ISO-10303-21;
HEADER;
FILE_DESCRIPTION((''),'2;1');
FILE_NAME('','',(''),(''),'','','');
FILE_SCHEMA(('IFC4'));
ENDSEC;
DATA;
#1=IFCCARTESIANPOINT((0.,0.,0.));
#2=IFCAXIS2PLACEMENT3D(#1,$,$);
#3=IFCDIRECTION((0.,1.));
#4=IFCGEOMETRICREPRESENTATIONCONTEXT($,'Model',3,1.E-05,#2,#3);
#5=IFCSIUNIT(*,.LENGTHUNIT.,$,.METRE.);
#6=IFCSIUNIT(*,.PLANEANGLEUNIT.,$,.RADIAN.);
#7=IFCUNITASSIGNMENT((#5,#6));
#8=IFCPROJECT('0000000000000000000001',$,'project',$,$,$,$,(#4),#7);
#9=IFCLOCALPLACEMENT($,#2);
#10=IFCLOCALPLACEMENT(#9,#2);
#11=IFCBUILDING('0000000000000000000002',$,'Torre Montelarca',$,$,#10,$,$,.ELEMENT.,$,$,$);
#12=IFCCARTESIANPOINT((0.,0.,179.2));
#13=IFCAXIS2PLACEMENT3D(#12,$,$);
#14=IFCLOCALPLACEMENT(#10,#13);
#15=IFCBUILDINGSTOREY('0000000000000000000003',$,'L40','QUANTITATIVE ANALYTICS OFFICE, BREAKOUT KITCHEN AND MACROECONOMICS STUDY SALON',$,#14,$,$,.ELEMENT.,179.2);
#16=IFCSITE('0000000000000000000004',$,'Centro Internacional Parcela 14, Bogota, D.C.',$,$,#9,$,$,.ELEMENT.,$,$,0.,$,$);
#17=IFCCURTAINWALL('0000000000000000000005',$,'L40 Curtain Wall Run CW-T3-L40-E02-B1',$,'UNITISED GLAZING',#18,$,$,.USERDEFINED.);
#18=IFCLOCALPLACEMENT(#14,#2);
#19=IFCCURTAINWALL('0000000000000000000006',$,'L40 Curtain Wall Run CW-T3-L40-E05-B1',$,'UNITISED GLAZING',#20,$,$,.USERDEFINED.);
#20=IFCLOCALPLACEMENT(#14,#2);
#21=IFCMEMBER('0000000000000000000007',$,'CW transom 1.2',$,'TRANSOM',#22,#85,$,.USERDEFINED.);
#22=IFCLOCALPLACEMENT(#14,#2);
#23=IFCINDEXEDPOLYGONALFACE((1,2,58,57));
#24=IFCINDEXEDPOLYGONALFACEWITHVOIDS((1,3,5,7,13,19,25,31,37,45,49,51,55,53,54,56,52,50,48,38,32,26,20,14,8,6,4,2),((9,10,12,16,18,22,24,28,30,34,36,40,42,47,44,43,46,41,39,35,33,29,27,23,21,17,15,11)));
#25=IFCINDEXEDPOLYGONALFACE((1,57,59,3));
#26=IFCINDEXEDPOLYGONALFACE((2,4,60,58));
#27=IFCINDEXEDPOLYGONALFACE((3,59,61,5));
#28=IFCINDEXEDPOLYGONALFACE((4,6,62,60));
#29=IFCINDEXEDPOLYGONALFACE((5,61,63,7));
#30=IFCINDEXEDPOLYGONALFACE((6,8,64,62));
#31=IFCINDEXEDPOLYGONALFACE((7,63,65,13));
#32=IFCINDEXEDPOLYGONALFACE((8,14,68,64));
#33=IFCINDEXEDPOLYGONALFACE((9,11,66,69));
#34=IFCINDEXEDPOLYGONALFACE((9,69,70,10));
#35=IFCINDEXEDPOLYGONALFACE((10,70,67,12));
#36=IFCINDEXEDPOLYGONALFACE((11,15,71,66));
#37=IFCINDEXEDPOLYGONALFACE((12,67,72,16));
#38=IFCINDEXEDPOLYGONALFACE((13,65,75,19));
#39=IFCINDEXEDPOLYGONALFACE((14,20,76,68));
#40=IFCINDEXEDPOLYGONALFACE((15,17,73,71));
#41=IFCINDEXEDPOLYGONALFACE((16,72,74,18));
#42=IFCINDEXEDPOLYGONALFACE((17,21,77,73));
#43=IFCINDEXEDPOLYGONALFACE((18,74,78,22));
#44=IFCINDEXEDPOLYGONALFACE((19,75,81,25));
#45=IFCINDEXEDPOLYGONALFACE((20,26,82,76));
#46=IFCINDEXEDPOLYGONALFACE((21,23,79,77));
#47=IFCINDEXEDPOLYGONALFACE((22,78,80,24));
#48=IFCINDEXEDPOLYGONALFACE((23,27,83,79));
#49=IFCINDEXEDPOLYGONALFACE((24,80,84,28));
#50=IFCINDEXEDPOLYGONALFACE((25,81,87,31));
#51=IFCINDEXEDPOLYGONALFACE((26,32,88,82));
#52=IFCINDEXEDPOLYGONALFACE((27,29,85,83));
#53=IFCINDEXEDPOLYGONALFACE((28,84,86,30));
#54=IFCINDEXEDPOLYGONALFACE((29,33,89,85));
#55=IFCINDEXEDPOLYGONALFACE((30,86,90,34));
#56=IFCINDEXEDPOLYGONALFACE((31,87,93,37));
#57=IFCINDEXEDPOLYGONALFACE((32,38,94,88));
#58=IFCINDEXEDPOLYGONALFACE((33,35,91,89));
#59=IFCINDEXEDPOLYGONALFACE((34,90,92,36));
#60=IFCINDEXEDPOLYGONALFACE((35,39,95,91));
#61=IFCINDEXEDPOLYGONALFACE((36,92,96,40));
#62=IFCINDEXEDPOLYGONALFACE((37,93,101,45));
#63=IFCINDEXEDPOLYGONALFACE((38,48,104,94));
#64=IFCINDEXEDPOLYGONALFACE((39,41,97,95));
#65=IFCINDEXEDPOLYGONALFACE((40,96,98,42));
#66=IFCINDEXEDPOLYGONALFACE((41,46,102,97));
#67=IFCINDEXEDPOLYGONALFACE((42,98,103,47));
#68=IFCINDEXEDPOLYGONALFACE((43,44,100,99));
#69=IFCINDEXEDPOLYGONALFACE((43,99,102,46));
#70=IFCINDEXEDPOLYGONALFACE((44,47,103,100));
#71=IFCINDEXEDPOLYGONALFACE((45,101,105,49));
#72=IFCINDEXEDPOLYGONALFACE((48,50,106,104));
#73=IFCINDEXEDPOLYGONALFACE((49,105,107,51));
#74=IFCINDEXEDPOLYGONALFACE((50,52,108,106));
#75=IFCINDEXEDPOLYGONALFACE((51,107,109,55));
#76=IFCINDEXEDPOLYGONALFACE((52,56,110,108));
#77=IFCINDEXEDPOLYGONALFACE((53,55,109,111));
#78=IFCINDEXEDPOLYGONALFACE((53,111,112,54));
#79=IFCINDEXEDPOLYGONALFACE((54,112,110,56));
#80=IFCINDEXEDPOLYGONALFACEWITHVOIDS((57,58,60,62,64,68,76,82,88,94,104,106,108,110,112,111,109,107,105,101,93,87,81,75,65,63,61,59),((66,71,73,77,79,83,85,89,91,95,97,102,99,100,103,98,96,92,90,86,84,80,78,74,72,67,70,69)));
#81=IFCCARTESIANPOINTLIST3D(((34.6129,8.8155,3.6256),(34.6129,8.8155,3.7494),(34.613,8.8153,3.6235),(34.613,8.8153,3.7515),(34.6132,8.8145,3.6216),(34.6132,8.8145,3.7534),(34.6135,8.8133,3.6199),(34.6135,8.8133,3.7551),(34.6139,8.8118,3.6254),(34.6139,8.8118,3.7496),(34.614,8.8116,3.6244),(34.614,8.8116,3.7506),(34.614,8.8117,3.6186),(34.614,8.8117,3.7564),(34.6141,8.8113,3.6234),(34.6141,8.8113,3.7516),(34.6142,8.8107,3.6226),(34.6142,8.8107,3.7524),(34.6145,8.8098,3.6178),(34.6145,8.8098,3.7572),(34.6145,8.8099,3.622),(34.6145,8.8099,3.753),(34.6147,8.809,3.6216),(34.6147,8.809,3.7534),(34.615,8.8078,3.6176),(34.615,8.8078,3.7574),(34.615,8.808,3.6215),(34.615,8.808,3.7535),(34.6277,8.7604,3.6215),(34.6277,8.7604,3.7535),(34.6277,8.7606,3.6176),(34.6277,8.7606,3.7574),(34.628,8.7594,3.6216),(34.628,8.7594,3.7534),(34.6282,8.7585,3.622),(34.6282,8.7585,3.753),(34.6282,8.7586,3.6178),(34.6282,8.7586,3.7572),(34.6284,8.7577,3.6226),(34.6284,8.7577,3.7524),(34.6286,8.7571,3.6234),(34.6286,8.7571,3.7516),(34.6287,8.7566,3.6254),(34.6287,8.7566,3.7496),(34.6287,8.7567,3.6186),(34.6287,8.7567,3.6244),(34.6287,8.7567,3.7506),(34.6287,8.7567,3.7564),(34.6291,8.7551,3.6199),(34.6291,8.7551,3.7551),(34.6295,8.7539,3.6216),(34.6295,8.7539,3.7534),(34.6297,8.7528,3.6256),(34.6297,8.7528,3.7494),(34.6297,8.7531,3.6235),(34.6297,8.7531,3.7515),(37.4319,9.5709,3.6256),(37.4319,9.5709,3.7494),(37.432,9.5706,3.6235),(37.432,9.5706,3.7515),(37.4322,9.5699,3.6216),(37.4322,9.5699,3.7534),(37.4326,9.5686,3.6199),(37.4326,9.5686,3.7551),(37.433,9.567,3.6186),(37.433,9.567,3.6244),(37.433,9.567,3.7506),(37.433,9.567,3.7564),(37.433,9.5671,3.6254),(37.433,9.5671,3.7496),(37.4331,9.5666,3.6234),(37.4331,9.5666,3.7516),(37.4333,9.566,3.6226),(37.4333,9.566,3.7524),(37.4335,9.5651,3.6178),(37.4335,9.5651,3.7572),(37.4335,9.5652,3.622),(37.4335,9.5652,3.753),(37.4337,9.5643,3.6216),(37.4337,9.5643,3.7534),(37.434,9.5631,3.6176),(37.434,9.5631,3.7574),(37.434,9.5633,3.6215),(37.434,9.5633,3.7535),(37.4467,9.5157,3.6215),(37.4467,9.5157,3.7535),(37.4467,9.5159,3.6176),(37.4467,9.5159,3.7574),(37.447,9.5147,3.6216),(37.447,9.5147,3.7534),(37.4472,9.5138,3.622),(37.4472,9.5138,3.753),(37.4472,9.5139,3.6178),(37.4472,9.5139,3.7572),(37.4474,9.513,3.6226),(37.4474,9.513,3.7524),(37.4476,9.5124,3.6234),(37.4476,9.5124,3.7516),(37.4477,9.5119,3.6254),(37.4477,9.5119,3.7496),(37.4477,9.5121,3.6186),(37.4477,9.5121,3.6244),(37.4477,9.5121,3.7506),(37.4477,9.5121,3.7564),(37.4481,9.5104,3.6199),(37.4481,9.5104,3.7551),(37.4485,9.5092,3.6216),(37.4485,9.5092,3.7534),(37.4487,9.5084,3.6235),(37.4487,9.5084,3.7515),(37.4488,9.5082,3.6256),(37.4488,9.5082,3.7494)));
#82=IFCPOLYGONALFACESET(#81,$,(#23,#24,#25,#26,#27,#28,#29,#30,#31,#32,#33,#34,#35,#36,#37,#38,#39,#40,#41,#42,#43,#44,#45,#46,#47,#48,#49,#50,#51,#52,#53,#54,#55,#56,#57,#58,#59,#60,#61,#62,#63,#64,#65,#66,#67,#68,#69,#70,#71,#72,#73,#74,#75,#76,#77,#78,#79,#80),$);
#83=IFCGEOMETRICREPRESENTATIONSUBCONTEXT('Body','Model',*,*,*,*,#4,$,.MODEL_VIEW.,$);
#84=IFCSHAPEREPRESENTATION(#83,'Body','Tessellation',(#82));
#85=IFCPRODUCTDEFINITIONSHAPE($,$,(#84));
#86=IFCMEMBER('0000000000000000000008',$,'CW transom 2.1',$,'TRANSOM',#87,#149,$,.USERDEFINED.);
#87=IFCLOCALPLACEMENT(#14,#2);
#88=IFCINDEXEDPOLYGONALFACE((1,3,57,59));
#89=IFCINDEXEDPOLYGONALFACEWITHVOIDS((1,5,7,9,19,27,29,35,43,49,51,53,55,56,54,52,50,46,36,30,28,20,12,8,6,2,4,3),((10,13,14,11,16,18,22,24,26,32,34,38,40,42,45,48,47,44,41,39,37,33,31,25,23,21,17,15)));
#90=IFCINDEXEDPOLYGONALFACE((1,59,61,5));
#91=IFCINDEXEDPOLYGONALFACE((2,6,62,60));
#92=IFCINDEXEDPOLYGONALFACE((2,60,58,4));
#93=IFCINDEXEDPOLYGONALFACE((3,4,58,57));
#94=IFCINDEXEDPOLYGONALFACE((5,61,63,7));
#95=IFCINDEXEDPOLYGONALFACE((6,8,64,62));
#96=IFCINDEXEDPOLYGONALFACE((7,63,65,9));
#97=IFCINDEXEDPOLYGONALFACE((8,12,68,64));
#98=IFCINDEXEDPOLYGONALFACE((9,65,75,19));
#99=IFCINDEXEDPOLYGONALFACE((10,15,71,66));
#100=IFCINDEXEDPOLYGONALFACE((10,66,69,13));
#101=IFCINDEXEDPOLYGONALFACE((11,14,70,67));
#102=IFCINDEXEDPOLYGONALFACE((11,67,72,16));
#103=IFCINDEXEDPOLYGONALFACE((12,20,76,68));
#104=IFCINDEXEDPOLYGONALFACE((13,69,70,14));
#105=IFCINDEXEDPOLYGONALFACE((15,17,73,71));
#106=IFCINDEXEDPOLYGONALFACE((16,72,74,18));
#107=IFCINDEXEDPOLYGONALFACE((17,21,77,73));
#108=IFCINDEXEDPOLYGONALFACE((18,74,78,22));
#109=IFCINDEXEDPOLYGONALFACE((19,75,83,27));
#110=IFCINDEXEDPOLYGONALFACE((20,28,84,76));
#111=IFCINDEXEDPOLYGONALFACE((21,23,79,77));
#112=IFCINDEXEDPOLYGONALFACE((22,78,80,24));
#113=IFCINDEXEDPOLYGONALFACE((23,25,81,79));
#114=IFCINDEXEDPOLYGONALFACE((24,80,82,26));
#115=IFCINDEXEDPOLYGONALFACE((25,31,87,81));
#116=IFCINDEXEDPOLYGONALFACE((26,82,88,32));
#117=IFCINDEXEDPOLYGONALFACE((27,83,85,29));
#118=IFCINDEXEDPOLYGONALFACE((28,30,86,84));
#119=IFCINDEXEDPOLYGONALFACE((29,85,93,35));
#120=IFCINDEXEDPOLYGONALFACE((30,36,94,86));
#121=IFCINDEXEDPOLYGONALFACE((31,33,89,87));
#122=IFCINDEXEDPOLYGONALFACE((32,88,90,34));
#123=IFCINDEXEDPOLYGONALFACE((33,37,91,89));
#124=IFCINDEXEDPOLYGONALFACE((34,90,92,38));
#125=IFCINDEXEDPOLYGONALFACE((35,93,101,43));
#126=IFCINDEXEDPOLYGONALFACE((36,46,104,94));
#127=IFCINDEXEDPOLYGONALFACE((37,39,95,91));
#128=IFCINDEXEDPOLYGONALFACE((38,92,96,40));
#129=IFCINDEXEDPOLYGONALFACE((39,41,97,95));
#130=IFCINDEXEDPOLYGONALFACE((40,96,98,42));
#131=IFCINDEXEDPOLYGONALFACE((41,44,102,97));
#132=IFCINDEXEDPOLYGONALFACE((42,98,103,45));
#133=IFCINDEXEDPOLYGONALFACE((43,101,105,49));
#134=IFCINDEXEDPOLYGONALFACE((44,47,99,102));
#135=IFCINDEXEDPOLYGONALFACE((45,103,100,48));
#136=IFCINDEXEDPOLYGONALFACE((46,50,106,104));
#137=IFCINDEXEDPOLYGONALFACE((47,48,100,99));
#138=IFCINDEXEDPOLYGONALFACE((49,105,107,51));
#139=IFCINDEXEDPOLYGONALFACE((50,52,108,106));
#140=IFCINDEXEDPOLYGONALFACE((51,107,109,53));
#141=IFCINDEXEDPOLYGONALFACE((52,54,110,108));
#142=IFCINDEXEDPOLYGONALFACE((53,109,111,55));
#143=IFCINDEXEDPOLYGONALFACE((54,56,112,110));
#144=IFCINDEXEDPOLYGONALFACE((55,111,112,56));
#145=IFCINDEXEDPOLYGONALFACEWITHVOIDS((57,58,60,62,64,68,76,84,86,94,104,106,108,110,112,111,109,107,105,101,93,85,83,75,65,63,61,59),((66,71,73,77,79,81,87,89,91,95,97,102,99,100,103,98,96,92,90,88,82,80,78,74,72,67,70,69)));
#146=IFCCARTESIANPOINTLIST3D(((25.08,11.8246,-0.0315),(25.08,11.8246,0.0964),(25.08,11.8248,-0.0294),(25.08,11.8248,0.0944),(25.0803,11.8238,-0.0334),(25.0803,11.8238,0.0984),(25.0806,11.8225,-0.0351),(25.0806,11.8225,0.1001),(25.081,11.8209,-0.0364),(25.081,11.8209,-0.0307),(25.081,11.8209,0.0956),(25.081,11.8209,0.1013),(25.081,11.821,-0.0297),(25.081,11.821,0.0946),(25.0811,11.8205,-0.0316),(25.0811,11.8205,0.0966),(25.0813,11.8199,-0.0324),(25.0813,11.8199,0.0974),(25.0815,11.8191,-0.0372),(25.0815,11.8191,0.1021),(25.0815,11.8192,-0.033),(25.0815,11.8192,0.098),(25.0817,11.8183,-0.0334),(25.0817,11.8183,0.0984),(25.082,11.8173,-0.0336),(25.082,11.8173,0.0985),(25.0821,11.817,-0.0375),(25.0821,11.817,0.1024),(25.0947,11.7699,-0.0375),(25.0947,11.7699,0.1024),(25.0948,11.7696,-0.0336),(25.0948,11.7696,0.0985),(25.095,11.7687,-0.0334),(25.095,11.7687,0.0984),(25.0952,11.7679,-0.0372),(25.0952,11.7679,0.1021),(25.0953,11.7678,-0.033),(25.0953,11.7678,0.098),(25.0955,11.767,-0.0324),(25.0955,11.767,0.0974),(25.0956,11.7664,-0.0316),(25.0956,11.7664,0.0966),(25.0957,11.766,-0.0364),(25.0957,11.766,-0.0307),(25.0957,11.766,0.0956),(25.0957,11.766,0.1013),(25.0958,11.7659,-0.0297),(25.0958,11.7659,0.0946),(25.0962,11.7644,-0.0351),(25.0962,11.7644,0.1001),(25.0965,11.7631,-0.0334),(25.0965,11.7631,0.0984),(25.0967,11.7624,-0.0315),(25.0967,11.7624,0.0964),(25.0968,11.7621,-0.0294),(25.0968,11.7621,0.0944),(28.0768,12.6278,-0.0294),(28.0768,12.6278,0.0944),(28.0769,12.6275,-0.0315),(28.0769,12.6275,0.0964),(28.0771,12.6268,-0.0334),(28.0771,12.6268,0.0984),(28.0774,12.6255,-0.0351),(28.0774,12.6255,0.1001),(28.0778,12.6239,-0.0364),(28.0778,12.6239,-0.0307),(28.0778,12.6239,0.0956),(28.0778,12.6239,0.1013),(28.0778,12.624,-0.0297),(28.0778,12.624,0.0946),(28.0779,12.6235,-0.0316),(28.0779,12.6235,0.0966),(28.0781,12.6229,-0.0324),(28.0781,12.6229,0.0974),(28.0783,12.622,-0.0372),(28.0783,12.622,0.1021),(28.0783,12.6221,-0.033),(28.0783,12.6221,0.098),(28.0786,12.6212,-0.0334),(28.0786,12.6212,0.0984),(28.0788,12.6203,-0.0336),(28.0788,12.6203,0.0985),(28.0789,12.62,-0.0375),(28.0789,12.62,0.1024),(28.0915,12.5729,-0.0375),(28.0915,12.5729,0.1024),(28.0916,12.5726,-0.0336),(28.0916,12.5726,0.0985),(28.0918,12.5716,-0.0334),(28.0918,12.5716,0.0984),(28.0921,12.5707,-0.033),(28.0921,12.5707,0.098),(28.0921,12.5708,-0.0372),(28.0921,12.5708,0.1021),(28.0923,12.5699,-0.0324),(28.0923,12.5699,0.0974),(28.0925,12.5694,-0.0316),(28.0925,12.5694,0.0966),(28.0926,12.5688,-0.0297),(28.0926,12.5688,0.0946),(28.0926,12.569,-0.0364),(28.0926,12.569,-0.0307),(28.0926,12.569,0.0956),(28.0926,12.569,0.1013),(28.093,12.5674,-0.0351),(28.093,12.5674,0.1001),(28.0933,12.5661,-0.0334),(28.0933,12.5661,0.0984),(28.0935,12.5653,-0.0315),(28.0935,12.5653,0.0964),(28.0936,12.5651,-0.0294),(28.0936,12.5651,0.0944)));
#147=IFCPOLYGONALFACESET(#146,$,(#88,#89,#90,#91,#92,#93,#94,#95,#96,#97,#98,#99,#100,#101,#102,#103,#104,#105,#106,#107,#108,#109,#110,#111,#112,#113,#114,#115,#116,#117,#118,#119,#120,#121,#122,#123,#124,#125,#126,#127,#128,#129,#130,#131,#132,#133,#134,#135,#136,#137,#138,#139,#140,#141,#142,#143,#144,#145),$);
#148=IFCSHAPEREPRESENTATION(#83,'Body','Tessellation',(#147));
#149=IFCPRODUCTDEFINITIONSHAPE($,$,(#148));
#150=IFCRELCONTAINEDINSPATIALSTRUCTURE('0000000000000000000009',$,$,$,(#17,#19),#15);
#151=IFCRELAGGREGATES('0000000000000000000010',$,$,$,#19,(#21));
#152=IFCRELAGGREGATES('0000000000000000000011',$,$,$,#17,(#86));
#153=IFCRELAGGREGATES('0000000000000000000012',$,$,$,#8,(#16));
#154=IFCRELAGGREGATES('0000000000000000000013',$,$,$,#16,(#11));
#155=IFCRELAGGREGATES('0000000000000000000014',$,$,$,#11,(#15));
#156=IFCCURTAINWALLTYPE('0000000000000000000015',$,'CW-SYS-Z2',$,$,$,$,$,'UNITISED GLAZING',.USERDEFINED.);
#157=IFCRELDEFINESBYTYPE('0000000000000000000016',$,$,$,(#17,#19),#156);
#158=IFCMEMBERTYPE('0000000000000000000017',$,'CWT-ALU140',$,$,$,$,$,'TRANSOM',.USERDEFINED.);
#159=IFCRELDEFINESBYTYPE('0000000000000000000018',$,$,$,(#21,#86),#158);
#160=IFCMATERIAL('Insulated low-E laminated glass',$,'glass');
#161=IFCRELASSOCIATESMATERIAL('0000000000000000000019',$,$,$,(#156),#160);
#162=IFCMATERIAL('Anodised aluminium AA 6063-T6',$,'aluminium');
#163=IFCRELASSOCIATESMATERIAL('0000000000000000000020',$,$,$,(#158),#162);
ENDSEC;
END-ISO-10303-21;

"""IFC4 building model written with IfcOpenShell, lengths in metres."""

from ifc_helpers import new_model, si_unit, direction, frame, origin, origin_2d, place, context, subcontext, project, spatial, hollow_rectangle, extrude, source, transform, mapped, material, material_profile, profile_set, type_object, element, aggregate, save


model = new_model("IFC4")

# Units and contexts
model_context = context("Model", 3, precision=1e-05, world=origin(), true_north=direction((0.0, 1.0)))
body_context = subcontext(model_context, "Body", "Model", "MODEL_VIEW")
ifc_project = project(units=[si_unit("LENGTHUNIT", "METRE"), si_unit("PLANEANGLEUNIT", "RADIAN")], contexts=[model_context])

# Site, building, storey
site_placement = place(None, origin())
site = spatial("IfcSite", under=ifc_project, at=site_placement, Name="Centro Internacional Parcela 14, Bogota, D.C.", CompositionType="ELEMENT", RefElevation=0.0)
building_placement = place(site_placement, origin())
building = spatial("IfcBuilding", under=site, at=building_placement, Name="Torre Montelarca", CompositionType="ELEMENT")
storey_placement = place(building_placement, frame((0.0, 0.0, 179.2)))
storey = spatial("IfcBuildingStorey", under=building, at=storey_placement, Name="L40", Description="QUANTITATIVE ANALYTICS OFFICE, BREAKOUT KITCHEN AND MACROECONOMICS STUDY SALON", CompositionType="ELEMENT", Elevation=179.2)

# Curtain wall
ifc_material_1 = material(Name="Insulated low-E laminated glass", Category="glass")
curtain_wall_type = type_object("IfcCurtainWallType", Name="CW-SYS-Z2", ElementType="UNITISED GLAZING", PredefinedType="USERDEFINED", material=ifc_material_1)
curtain_wall_1_placement = place(storey_placement, origin())
curtain_wall_1 = element("IfcCurtainWall", 1, at=curtain_wall_1_placement, inside=storey, type_object=curtain_wall_type, Name="L40 Curtain Wall Run CW-T3-L40-E02-B1", ObjectType="UNITISED GLAZING", PredefinedType="USERDEFINED")
ifc_material_2 = material(Name="Anodised aluminium AA 6063-T6", Category="aluminium")
ifc_material_profile_1 = material_profile(ifc_material_2, hollow_rectangle(XDim=0.0649, YDim=0.1399, WallThickness=0.0039, InnerFilletRadius=0.0039, OuterFilletRadius=0.0081, at=origin_2d()), Name="ALU65X140X4", Category="aluminium")
ifc_profile_set_1 = profile_set([ifc_material_profile_1], Name="Anodised aluminium AA 6063-T6")
member_type_1 = type_object("IfcMemberType", Name="CWT-ALU140", ElementType="TRANSOM", PredefinedType="USERDEFINED", material=ifc_profile_set_1)

# Curtain wall, member
curtain_wall_2_placement = place(storey_placement, origin())
curtain_wall_2 = element("IfcCurtainWall", 2, at=curtain_wall_2_placement, inside=storey, type_object=curtain_wall_type, Name="L40 Curtain Wall Run CW-T3-L40-E05-B1", ObjectType="UNITISED GLAZING", PredefinedType="USERDEFINED")
shared_shape_1 = source(origin(), body_context, "Body", "SweptSolid", [
    extrude(hollow_rectangle(XDim=0.0649, YDim=0.1399, WallThickness=0.0039, InnerFilletRadius=0.0039, OuterFilletRadius=0.0081, at=origin_2d()), origin(), (0.0, 0.0, 1.0), 2.9185),
])
member_1_placement = place(storey_placement, frame((34.6213, 8.7842, 3.6875), z_axis=(0.965926, 0.258818, 0.0), x_axis=(-0.258818, 0.965926, 0.0)))
member_1 = element("IfcMember", 3, at=member_1_placement, type_object=member_type_1, Name="CW transom 1.2", ObjectType="TRANSOM", PredefinedType="USERDEFINED", context=body_context, shape_type="MappedRepresentation", body=[
    mapped(shared_shape_1, transform((0.0, 0.0, 0.0), scale=1.0)),
])

# Member
shared_shape_2 = source(origin(), body_context, "Body", "SweptSolid", [
    extrude(hollow_rectangle(XDim=0.0649, YDim=0.1399, WallThickness=0.0039, InnerFilletRadius=0.0039, OuterFilletRadius=0.0081, at=origin_2d()), origin(), (0.0, 0.0, 1.0), 3.1025),
])
member_2_placement = place(storey_placement, frame((25.0884, 11.7935, 0.0325), z_axis=(0.965927, 0.258813, 0.0), x_axis=(-0.258813, 0.965927, 0.0)))
member_2 = element("IfcMember", 4, at=member_2_placement, type_object=member_type_1, Name="CW transom 2.1", ObjectType="TRANSOM", PredefinedType="USERDEFINED", context=body_context, shape_type="MappedRepresentation", body=[
    mapped(shared_shape_2, transform((0.0, 0.0, 0.0), scale=1.0)),
])

aggregate(curtain_wall_2, [member_1])

aggregate(curtain_wall_1, [member_2])

save(model, "model.ifc")
